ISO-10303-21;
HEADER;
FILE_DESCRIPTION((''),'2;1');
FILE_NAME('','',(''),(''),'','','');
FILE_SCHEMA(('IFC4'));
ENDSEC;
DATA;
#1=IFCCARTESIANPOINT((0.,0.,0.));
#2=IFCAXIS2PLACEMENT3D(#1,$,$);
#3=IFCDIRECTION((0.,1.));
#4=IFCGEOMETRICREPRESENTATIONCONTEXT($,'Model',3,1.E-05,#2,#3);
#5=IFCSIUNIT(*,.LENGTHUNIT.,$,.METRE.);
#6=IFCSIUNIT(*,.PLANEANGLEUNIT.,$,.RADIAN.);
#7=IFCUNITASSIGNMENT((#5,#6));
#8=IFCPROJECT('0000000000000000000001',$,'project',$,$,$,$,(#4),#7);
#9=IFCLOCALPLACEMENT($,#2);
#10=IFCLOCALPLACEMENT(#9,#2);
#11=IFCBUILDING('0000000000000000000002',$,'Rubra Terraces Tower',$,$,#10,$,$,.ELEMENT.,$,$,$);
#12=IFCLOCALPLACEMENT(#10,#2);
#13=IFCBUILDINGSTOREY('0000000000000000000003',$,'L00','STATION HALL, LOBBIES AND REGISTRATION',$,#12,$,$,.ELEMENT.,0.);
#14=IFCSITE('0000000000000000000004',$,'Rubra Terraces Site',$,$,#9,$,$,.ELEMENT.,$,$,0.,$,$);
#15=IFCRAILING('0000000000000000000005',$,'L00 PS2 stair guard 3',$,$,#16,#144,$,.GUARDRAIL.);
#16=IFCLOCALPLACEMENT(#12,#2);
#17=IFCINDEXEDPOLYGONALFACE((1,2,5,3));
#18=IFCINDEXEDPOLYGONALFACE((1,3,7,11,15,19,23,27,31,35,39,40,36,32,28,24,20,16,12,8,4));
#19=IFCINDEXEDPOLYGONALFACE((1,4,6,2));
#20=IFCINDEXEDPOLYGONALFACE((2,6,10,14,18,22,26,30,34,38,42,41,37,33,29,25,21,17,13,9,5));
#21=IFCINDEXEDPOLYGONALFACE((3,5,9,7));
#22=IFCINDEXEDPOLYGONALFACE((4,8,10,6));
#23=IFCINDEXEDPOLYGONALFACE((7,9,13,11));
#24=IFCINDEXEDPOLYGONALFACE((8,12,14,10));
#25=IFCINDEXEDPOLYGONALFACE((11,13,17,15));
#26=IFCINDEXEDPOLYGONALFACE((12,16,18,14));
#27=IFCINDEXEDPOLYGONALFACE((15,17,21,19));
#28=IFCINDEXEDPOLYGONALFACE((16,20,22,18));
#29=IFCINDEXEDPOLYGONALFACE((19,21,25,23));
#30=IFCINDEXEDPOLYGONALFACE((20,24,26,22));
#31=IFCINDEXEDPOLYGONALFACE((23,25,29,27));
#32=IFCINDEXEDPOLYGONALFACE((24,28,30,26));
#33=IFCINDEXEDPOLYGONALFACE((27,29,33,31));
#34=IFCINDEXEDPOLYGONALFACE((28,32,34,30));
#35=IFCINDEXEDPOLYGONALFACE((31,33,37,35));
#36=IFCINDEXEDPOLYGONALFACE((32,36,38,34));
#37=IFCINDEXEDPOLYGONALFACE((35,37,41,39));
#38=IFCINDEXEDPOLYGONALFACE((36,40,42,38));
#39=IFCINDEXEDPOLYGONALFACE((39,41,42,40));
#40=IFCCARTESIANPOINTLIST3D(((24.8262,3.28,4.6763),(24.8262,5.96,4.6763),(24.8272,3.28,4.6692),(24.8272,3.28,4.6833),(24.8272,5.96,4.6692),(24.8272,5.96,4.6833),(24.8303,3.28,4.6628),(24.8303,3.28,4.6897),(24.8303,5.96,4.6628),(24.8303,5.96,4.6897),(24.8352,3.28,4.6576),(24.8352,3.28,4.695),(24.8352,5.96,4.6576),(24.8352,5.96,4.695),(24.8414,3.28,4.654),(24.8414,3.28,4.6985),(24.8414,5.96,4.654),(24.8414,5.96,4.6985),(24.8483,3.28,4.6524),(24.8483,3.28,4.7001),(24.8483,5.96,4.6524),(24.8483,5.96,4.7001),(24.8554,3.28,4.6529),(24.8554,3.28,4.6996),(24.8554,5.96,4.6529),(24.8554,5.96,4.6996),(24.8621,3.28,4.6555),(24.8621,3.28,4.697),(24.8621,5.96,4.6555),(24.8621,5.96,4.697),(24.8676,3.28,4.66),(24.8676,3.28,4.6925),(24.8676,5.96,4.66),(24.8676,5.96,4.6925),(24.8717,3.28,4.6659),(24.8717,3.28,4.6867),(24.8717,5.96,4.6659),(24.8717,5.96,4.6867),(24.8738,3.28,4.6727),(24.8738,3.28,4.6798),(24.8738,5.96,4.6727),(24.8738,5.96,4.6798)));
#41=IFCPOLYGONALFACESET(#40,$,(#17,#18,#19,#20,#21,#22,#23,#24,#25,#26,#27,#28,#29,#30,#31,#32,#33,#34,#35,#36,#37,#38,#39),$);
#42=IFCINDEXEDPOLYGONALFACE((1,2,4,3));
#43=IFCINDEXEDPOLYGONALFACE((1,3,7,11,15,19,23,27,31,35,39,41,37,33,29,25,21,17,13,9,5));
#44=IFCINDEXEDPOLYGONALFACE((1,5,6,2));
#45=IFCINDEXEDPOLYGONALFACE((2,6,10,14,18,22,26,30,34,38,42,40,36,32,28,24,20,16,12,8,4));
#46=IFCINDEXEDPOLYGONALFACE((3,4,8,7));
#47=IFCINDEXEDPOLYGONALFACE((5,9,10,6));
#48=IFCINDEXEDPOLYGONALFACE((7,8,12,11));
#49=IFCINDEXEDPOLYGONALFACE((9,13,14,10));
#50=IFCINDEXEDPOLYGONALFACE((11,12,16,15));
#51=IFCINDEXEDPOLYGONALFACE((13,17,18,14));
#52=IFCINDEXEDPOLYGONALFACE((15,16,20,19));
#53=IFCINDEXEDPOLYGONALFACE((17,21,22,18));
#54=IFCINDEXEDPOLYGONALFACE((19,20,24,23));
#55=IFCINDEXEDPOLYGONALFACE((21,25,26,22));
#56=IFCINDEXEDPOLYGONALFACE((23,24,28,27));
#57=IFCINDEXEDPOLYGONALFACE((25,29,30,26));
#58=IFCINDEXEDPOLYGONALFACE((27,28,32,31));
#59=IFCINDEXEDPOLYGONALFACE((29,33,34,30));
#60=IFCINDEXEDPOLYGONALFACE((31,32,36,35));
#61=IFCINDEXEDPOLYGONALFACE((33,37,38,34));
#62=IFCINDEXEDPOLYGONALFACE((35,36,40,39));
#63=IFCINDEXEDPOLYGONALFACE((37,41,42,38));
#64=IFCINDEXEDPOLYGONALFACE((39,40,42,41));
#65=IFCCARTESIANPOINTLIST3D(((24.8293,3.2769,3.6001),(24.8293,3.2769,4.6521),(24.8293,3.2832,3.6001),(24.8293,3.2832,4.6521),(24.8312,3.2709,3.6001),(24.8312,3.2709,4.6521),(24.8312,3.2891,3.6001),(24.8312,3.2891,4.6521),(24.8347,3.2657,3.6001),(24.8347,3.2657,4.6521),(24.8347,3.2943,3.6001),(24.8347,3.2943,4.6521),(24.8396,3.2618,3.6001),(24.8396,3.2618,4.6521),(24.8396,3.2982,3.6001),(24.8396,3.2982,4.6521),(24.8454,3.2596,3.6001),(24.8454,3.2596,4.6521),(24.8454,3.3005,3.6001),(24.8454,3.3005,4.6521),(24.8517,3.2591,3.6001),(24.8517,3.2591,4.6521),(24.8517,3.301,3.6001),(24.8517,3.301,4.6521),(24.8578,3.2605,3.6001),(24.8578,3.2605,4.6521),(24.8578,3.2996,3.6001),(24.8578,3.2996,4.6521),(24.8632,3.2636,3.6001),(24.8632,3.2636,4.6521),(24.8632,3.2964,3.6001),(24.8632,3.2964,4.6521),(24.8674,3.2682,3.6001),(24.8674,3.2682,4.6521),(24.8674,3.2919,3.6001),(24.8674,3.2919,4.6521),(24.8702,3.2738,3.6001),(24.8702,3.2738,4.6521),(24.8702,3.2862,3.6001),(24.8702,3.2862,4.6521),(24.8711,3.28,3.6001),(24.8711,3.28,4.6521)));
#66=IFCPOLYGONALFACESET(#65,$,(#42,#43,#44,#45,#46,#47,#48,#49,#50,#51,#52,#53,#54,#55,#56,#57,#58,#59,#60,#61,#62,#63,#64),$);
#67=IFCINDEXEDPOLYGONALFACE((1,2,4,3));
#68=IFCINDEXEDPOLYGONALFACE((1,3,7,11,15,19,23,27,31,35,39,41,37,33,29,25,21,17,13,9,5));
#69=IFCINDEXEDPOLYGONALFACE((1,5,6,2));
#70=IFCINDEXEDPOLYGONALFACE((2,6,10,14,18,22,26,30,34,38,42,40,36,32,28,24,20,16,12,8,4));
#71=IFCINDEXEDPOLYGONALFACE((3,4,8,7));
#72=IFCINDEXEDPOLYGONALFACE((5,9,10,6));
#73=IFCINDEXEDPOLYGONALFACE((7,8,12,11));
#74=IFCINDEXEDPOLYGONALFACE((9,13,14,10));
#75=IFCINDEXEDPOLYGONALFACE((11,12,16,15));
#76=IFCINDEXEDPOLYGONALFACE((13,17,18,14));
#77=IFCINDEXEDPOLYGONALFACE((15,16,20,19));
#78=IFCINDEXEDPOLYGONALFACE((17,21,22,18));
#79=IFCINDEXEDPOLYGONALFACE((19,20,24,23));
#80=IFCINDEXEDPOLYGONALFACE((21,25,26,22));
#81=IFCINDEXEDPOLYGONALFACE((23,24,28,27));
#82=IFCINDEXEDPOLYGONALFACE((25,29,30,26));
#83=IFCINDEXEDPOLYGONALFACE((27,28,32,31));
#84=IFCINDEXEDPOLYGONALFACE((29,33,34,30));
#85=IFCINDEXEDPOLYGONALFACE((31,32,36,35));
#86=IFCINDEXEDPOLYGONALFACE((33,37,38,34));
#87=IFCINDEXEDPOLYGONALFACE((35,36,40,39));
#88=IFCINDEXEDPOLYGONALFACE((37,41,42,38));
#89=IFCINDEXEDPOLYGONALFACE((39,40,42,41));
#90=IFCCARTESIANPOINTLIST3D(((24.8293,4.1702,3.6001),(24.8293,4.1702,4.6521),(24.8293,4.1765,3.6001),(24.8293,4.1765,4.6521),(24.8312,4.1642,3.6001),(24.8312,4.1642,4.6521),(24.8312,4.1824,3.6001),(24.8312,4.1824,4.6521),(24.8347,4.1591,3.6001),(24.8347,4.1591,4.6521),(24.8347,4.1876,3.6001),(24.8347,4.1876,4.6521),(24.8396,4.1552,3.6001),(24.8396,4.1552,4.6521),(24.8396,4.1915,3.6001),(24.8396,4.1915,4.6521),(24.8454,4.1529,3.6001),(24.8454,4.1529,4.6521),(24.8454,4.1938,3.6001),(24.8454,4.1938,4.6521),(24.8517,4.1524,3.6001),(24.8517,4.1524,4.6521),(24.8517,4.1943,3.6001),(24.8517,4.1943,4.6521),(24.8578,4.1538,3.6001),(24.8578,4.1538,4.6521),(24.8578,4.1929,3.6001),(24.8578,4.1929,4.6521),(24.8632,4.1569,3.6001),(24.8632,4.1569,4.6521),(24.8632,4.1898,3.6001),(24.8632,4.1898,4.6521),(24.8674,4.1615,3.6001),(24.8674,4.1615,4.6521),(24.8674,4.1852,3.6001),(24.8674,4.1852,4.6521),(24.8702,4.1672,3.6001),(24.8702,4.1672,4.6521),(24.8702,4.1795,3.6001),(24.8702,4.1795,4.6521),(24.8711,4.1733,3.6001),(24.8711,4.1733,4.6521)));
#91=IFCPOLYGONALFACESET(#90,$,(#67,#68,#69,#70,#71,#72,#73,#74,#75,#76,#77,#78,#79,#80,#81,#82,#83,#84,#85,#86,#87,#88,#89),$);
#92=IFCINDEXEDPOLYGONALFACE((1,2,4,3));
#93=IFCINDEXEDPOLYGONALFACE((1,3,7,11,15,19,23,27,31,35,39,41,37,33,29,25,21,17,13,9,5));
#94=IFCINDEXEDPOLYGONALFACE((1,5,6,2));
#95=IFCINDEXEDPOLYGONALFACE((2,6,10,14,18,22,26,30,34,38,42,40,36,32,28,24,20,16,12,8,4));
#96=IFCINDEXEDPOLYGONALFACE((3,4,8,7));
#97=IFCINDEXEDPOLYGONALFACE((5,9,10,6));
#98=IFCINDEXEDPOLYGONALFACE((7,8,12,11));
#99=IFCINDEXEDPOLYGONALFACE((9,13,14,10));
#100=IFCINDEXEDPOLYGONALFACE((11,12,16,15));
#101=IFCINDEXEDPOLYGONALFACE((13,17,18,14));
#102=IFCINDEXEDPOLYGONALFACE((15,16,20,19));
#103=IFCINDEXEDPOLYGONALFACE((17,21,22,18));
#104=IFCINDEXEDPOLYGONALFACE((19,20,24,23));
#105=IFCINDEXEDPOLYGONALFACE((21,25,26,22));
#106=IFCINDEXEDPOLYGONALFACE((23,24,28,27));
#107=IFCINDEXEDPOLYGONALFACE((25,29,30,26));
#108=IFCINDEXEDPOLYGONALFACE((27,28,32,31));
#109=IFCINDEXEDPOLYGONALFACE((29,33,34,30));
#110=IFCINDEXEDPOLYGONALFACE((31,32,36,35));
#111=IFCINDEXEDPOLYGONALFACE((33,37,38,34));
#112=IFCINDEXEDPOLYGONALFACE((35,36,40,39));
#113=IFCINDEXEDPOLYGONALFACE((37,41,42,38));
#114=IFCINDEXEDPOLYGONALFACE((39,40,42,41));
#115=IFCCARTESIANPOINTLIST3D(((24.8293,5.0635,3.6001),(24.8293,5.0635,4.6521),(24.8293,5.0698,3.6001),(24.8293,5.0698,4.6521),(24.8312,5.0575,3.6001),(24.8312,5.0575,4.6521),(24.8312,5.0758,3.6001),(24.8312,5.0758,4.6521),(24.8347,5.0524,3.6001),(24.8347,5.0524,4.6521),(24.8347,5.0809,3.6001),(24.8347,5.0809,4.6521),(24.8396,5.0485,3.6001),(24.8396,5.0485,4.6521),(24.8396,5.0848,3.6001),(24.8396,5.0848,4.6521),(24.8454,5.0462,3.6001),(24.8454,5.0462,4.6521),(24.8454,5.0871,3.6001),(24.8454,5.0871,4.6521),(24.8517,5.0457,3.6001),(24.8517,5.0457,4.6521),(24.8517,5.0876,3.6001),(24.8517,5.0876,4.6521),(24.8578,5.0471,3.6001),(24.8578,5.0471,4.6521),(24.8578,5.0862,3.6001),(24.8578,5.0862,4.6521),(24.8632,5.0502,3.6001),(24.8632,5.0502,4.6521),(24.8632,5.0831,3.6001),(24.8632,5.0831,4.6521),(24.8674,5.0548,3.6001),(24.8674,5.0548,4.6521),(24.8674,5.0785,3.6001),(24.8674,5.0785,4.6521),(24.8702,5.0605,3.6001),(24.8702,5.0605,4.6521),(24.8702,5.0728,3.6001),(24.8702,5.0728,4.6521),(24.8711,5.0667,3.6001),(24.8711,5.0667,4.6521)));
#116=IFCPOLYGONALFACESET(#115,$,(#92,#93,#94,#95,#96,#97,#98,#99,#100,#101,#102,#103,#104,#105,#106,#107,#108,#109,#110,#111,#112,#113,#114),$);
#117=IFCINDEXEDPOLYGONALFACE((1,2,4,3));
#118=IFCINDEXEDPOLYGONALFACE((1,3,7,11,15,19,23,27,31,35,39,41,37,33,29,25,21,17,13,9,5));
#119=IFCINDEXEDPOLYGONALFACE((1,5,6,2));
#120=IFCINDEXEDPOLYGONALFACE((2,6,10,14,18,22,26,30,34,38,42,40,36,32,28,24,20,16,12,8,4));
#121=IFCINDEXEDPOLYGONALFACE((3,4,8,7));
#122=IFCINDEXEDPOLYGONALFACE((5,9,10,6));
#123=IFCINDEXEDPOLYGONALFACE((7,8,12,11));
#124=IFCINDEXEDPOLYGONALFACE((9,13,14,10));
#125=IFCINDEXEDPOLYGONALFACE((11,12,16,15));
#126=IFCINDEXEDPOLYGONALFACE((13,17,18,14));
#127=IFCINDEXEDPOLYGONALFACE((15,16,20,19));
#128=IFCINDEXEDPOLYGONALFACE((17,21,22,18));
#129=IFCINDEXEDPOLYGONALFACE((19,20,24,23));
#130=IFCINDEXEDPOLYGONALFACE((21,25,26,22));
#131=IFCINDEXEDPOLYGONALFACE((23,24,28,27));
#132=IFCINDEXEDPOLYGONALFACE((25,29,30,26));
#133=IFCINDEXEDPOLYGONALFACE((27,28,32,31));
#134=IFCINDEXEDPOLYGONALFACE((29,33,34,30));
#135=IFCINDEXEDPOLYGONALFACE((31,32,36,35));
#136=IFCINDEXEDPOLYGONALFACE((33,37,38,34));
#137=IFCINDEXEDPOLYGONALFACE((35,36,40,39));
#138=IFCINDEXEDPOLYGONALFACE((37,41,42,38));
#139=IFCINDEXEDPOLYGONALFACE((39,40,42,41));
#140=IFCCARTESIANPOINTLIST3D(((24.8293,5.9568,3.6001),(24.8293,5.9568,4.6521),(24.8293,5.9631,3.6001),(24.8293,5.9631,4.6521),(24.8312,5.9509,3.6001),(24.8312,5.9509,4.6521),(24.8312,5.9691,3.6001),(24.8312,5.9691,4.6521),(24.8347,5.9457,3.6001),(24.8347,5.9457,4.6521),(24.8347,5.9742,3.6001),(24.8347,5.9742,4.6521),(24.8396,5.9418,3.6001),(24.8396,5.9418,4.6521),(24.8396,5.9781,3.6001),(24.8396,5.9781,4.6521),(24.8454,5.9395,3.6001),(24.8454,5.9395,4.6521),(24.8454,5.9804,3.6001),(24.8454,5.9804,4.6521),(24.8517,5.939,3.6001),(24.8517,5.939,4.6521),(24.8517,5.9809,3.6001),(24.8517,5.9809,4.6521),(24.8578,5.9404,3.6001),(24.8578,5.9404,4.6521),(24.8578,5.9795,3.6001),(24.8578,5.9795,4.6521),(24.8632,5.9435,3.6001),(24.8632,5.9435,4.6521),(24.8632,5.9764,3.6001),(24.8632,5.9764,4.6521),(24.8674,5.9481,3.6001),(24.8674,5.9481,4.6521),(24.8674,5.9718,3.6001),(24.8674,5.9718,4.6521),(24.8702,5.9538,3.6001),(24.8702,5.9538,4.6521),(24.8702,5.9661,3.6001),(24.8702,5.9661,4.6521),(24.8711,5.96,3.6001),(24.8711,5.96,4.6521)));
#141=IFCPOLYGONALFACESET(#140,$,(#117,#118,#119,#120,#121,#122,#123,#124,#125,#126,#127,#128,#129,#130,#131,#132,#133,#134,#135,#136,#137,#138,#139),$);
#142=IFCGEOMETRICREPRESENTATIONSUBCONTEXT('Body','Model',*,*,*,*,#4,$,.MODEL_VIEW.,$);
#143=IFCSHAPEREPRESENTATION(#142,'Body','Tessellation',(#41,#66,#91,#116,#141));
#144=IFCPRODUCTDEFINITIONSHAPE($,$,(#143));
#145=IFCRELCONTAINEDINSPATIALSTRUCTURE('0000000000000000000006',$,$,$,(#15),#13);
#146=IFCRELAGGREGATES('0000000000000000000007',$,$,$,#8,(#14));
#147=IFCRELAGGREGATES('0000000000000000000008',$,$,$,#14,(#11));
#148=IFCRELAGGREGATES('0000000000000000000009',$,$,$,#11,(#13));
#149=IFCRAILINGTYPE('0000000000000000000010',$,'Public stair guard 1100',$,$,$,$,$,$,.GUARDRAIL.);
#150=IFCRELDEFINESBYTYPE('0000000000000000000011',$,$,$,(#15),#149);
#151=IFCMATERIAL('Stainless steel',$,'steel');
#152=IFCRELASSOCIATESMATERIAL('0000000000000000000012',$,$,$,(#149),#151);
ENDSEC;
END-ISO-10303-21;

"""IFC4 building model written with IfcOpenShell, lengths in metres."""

from ifc_helpers import new_model, si_unit, direction, frame, origin, origin_2d, place, context, subcontext, project, spatial, circle, extrude, material, type_object, element, save


model = new_model("IFC4")

# Units and contexts
model_context = context("Model", 3, precision=1e-05, world=origin(), true_north=direction((0.0, 1.0)))
body_context = subcontext(model_context, "Body", "Model", "MODEL_VIEW")
ifc_project = project(units=[si_unit("LENGTHUNIT", "METRE"), si_unit("PLANEANGLEUNIT", "RADIAN")], contexts=[model_context])

# Site, building, storey
site_placement = place(None, origin())
site = spatial("IfcSite", under=ifc_project, at=site_placement, Name="Rubra Terraces Site", CompositionType="ELEMENT", RefElevation=0.0)
building_placement = place(site_placement, origin())
building = spatial("IfcBuilding", under=site, at=building_placement, Name="Rubra Terraces Tower", CompositionType="ELEMENT")
storey_placement = place(building_placement, origin())
storey = spatial("IfcBuildingStorey", under=building, at=storey_placement, Name="L00", Description="STATION HALL, LOBBIES AND REGISTRATION", CompositionType="ELEMENT", Elevation=0.0)

# Railing
ifc_material_1 = material(Name="Stainless steel", Category="steel")
railing_type_1 = type_object("IfcRailingType", Name="Public stair guard 1100", PredefinedType="GUARDRAIL", material=ifc_material_1)
for number, where, name in (
    (1, (24.8501, 3.28, 3.6001), "L00 PS2 stair guard 3"),
):
    element("IfcRailing", number, at=place(storey_placement, frame(where)), inside=storey, type_object=railing_type_1, Name=name, PredefinedType="GUARDRAIL", context=body_context, shape_type="SweptSolid", body=[
        extrude(circle(Radius=0.0239, at=origin_2d()), frame((0.0, 0.0, 1.0762), z_axis=(0.0, 1.0, 0.0), x_axis=(-1.0, 0.0, 0.0)), (0.0, 0.0, 1.0), 2.6799),
        extrude(circle(Radius=0.021, at=origin_2d()), origin(), (0.0, 0.0, 1.0), 1.052),
        extrude(circle(Radius=0.021, at=origin_2d()), frame((0.0, 0.8933, 0.0)), (0.0, 0.0, 1.0), 1.052),
        extrude(circle(Radius=0.021, at=origin_2d()), frame((0.0, 1.7866, 0.0)), (0.0, 0.0, 1.0), 1.052),
        extrude(circle(Radius=0.021, at=origin_2d()), frame((0.0, 2.6799, 0.0)), (0.0, 0.0, 1.0), 1.052),
    ])

save(model, "model.ifc")
